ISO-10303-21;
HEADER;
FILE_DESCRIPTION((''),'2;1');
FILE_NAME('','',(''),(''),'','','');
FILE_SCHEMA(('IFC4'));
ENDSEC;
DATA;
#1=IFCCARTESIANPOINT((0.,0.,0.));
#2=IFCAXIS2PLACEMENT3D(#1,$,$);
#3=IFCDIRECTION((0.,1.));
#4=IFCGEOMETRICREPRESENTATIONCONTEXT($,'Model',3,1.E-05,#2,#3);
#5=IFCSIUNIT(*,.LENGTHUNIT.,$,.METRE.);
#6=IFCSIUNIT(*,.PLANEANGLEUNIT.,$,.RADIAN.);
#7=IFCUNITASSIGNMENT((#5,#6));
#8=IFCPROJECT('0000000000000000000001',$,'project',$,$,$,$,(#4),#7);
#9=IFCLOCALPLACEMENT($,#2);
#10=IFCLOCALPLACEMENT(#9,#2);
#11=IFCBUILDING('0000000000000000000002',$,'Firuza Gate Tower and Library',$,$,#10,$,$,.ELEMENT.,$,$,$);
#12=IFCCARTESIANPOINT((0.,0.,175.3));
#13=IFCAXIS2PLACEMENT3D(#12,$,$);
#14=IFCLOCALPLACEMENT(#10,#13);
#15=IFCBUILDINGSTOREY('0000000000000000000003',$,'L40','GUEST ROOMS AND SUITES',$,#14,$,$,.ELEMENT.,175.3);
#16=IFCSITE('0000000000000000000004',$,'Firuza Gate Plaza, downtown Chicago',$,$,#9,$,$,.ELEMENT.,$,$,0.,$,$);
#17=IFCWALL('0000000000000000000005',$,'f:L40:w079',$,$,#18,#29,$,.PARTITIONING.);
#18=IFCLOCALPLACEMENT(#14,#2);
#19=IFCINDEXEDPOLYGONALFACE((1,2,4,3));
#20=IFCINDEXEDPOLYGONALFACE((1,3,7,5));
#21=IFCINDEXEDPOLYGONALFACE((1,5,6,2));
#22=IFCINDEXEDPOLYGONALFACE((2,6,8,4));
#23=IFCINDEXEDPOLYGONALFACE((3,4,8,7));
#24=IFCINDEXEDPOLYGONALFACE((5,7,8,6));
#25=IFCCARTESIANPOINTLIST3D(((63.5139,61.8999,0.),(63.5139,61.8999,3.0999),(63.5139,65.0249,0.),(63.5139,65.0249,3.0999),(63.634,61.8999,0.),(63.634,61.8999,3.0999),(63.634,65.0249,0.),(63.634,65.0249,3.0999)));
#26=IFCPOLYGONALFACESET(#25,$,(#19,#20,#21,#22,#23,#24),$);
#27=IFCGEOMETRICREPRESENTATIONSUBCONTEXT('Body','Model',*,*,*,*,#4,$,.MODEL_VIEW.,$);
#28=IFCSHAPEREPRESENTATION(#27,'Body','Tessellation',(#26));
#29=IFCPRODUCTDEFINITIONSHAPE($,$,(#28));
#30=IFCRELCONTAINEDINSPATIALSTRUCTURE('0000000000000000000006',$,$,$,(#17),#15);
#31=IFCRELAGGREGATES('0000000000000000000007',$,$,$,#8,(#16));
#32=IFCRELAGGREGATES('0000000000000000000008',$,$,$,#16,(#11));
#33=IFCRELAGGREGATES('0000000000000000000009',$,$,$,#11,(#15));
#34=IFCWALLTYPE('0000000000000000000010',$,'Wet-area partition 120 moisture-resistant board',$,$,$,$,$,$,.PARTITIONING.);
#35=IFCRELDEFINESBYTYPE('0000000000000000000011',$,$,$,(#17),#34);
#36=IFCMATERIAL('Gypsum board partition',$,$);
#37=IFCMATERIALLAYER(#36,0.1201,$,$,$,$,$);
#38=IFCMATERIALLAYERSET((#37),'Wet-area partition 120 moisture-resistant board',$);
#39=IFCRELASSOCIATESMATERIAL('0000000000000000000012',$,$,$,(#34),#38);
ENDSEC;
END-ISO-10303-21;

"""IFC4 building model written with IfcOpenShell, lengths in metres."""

from ifc_helpers import new_model, si_unit, direction, frame, frame_2d, origin, place, context, subcontext, project, spatial, rectangle, extrude, material, layer, layer_set, type_object, element, save


model = new_model("IFC4")

# Units and contexts
model_context = context("Model", 3, precision=1e-05, world=origin(), true_north=direction((0.0, 1.0)))
body_context = subcontext(model_context, "Body", "Model", "MODEL_VIEW")
ifc_project = project(units=[si_unit("LENGTHUNIT", "METRE"), si_unit("PLANEANGLEUNIT", "RADIAN")], contexts=[model_context])

# Site, building, storey
site_placement = place(None, origin())
site = spatial("IfcSite", under=ifc_project, at=site_placement, Name="Firuza Gate Plaza, downtown Chicago", CompositionType="ELEMENT", RefElevation=0.0)
building_placement = place(site_placement, origin())
building = spatial("IfcBuilding", under=site, at=building_placement, Name="Firuza Gate Tower and Library", CompositionType="ELEMENT")
storey_placement = place(building_placement, frame((0.0, 0.0, 175.3)))
storey = spatial("IfcBuildingStorey", under=building, at=storey_placement, Name="L40", Description="GUEST ROOMS AND SUITES", CompositionType="ELEMENT", Elevation=175.3)

# Shared definitions
ifc_material_1 = material(Name="Gypsum board partition")
ifc_layer_1 = layer(ifc_material_1, 0.1201)
ifc_layer_set_1 = layer_set([ifc_layer_1], Name="Wet-area partition 120 moisture-resistant board")
wall_type_1 = type_object("IfcWallType", Name="Wet-area partition 120 moisture-resistant board", PredefinedType="PARTITIONING", material=ifc_layer_set_1)

# Wall
for number, where, z_axis, x_axis, name in (
    (1, (63.574, 61.8999, 0.0), (0.0, 0.0, 1.0), (0.0, 1.0, 0.0), "f:L40:w079"),
):
    element("IfcWall", number, at=place(storey_placement, frame(where, z_axis=z_axis, x_axis=x_axis)), inside=storey, type_object=wall_type_1, Name=name, PredefinedType="PARTITIONING", context=body_context, shape_type="SweptSolid", body=[
        extrude(rectangle(XDim=3.125, YDim=0.1201, at=frame_2d((1.5625, 0.0))), origin(), (0.0, 0.0, 1.0), 3.0999),
    ])

save(model, "model.ifc")
